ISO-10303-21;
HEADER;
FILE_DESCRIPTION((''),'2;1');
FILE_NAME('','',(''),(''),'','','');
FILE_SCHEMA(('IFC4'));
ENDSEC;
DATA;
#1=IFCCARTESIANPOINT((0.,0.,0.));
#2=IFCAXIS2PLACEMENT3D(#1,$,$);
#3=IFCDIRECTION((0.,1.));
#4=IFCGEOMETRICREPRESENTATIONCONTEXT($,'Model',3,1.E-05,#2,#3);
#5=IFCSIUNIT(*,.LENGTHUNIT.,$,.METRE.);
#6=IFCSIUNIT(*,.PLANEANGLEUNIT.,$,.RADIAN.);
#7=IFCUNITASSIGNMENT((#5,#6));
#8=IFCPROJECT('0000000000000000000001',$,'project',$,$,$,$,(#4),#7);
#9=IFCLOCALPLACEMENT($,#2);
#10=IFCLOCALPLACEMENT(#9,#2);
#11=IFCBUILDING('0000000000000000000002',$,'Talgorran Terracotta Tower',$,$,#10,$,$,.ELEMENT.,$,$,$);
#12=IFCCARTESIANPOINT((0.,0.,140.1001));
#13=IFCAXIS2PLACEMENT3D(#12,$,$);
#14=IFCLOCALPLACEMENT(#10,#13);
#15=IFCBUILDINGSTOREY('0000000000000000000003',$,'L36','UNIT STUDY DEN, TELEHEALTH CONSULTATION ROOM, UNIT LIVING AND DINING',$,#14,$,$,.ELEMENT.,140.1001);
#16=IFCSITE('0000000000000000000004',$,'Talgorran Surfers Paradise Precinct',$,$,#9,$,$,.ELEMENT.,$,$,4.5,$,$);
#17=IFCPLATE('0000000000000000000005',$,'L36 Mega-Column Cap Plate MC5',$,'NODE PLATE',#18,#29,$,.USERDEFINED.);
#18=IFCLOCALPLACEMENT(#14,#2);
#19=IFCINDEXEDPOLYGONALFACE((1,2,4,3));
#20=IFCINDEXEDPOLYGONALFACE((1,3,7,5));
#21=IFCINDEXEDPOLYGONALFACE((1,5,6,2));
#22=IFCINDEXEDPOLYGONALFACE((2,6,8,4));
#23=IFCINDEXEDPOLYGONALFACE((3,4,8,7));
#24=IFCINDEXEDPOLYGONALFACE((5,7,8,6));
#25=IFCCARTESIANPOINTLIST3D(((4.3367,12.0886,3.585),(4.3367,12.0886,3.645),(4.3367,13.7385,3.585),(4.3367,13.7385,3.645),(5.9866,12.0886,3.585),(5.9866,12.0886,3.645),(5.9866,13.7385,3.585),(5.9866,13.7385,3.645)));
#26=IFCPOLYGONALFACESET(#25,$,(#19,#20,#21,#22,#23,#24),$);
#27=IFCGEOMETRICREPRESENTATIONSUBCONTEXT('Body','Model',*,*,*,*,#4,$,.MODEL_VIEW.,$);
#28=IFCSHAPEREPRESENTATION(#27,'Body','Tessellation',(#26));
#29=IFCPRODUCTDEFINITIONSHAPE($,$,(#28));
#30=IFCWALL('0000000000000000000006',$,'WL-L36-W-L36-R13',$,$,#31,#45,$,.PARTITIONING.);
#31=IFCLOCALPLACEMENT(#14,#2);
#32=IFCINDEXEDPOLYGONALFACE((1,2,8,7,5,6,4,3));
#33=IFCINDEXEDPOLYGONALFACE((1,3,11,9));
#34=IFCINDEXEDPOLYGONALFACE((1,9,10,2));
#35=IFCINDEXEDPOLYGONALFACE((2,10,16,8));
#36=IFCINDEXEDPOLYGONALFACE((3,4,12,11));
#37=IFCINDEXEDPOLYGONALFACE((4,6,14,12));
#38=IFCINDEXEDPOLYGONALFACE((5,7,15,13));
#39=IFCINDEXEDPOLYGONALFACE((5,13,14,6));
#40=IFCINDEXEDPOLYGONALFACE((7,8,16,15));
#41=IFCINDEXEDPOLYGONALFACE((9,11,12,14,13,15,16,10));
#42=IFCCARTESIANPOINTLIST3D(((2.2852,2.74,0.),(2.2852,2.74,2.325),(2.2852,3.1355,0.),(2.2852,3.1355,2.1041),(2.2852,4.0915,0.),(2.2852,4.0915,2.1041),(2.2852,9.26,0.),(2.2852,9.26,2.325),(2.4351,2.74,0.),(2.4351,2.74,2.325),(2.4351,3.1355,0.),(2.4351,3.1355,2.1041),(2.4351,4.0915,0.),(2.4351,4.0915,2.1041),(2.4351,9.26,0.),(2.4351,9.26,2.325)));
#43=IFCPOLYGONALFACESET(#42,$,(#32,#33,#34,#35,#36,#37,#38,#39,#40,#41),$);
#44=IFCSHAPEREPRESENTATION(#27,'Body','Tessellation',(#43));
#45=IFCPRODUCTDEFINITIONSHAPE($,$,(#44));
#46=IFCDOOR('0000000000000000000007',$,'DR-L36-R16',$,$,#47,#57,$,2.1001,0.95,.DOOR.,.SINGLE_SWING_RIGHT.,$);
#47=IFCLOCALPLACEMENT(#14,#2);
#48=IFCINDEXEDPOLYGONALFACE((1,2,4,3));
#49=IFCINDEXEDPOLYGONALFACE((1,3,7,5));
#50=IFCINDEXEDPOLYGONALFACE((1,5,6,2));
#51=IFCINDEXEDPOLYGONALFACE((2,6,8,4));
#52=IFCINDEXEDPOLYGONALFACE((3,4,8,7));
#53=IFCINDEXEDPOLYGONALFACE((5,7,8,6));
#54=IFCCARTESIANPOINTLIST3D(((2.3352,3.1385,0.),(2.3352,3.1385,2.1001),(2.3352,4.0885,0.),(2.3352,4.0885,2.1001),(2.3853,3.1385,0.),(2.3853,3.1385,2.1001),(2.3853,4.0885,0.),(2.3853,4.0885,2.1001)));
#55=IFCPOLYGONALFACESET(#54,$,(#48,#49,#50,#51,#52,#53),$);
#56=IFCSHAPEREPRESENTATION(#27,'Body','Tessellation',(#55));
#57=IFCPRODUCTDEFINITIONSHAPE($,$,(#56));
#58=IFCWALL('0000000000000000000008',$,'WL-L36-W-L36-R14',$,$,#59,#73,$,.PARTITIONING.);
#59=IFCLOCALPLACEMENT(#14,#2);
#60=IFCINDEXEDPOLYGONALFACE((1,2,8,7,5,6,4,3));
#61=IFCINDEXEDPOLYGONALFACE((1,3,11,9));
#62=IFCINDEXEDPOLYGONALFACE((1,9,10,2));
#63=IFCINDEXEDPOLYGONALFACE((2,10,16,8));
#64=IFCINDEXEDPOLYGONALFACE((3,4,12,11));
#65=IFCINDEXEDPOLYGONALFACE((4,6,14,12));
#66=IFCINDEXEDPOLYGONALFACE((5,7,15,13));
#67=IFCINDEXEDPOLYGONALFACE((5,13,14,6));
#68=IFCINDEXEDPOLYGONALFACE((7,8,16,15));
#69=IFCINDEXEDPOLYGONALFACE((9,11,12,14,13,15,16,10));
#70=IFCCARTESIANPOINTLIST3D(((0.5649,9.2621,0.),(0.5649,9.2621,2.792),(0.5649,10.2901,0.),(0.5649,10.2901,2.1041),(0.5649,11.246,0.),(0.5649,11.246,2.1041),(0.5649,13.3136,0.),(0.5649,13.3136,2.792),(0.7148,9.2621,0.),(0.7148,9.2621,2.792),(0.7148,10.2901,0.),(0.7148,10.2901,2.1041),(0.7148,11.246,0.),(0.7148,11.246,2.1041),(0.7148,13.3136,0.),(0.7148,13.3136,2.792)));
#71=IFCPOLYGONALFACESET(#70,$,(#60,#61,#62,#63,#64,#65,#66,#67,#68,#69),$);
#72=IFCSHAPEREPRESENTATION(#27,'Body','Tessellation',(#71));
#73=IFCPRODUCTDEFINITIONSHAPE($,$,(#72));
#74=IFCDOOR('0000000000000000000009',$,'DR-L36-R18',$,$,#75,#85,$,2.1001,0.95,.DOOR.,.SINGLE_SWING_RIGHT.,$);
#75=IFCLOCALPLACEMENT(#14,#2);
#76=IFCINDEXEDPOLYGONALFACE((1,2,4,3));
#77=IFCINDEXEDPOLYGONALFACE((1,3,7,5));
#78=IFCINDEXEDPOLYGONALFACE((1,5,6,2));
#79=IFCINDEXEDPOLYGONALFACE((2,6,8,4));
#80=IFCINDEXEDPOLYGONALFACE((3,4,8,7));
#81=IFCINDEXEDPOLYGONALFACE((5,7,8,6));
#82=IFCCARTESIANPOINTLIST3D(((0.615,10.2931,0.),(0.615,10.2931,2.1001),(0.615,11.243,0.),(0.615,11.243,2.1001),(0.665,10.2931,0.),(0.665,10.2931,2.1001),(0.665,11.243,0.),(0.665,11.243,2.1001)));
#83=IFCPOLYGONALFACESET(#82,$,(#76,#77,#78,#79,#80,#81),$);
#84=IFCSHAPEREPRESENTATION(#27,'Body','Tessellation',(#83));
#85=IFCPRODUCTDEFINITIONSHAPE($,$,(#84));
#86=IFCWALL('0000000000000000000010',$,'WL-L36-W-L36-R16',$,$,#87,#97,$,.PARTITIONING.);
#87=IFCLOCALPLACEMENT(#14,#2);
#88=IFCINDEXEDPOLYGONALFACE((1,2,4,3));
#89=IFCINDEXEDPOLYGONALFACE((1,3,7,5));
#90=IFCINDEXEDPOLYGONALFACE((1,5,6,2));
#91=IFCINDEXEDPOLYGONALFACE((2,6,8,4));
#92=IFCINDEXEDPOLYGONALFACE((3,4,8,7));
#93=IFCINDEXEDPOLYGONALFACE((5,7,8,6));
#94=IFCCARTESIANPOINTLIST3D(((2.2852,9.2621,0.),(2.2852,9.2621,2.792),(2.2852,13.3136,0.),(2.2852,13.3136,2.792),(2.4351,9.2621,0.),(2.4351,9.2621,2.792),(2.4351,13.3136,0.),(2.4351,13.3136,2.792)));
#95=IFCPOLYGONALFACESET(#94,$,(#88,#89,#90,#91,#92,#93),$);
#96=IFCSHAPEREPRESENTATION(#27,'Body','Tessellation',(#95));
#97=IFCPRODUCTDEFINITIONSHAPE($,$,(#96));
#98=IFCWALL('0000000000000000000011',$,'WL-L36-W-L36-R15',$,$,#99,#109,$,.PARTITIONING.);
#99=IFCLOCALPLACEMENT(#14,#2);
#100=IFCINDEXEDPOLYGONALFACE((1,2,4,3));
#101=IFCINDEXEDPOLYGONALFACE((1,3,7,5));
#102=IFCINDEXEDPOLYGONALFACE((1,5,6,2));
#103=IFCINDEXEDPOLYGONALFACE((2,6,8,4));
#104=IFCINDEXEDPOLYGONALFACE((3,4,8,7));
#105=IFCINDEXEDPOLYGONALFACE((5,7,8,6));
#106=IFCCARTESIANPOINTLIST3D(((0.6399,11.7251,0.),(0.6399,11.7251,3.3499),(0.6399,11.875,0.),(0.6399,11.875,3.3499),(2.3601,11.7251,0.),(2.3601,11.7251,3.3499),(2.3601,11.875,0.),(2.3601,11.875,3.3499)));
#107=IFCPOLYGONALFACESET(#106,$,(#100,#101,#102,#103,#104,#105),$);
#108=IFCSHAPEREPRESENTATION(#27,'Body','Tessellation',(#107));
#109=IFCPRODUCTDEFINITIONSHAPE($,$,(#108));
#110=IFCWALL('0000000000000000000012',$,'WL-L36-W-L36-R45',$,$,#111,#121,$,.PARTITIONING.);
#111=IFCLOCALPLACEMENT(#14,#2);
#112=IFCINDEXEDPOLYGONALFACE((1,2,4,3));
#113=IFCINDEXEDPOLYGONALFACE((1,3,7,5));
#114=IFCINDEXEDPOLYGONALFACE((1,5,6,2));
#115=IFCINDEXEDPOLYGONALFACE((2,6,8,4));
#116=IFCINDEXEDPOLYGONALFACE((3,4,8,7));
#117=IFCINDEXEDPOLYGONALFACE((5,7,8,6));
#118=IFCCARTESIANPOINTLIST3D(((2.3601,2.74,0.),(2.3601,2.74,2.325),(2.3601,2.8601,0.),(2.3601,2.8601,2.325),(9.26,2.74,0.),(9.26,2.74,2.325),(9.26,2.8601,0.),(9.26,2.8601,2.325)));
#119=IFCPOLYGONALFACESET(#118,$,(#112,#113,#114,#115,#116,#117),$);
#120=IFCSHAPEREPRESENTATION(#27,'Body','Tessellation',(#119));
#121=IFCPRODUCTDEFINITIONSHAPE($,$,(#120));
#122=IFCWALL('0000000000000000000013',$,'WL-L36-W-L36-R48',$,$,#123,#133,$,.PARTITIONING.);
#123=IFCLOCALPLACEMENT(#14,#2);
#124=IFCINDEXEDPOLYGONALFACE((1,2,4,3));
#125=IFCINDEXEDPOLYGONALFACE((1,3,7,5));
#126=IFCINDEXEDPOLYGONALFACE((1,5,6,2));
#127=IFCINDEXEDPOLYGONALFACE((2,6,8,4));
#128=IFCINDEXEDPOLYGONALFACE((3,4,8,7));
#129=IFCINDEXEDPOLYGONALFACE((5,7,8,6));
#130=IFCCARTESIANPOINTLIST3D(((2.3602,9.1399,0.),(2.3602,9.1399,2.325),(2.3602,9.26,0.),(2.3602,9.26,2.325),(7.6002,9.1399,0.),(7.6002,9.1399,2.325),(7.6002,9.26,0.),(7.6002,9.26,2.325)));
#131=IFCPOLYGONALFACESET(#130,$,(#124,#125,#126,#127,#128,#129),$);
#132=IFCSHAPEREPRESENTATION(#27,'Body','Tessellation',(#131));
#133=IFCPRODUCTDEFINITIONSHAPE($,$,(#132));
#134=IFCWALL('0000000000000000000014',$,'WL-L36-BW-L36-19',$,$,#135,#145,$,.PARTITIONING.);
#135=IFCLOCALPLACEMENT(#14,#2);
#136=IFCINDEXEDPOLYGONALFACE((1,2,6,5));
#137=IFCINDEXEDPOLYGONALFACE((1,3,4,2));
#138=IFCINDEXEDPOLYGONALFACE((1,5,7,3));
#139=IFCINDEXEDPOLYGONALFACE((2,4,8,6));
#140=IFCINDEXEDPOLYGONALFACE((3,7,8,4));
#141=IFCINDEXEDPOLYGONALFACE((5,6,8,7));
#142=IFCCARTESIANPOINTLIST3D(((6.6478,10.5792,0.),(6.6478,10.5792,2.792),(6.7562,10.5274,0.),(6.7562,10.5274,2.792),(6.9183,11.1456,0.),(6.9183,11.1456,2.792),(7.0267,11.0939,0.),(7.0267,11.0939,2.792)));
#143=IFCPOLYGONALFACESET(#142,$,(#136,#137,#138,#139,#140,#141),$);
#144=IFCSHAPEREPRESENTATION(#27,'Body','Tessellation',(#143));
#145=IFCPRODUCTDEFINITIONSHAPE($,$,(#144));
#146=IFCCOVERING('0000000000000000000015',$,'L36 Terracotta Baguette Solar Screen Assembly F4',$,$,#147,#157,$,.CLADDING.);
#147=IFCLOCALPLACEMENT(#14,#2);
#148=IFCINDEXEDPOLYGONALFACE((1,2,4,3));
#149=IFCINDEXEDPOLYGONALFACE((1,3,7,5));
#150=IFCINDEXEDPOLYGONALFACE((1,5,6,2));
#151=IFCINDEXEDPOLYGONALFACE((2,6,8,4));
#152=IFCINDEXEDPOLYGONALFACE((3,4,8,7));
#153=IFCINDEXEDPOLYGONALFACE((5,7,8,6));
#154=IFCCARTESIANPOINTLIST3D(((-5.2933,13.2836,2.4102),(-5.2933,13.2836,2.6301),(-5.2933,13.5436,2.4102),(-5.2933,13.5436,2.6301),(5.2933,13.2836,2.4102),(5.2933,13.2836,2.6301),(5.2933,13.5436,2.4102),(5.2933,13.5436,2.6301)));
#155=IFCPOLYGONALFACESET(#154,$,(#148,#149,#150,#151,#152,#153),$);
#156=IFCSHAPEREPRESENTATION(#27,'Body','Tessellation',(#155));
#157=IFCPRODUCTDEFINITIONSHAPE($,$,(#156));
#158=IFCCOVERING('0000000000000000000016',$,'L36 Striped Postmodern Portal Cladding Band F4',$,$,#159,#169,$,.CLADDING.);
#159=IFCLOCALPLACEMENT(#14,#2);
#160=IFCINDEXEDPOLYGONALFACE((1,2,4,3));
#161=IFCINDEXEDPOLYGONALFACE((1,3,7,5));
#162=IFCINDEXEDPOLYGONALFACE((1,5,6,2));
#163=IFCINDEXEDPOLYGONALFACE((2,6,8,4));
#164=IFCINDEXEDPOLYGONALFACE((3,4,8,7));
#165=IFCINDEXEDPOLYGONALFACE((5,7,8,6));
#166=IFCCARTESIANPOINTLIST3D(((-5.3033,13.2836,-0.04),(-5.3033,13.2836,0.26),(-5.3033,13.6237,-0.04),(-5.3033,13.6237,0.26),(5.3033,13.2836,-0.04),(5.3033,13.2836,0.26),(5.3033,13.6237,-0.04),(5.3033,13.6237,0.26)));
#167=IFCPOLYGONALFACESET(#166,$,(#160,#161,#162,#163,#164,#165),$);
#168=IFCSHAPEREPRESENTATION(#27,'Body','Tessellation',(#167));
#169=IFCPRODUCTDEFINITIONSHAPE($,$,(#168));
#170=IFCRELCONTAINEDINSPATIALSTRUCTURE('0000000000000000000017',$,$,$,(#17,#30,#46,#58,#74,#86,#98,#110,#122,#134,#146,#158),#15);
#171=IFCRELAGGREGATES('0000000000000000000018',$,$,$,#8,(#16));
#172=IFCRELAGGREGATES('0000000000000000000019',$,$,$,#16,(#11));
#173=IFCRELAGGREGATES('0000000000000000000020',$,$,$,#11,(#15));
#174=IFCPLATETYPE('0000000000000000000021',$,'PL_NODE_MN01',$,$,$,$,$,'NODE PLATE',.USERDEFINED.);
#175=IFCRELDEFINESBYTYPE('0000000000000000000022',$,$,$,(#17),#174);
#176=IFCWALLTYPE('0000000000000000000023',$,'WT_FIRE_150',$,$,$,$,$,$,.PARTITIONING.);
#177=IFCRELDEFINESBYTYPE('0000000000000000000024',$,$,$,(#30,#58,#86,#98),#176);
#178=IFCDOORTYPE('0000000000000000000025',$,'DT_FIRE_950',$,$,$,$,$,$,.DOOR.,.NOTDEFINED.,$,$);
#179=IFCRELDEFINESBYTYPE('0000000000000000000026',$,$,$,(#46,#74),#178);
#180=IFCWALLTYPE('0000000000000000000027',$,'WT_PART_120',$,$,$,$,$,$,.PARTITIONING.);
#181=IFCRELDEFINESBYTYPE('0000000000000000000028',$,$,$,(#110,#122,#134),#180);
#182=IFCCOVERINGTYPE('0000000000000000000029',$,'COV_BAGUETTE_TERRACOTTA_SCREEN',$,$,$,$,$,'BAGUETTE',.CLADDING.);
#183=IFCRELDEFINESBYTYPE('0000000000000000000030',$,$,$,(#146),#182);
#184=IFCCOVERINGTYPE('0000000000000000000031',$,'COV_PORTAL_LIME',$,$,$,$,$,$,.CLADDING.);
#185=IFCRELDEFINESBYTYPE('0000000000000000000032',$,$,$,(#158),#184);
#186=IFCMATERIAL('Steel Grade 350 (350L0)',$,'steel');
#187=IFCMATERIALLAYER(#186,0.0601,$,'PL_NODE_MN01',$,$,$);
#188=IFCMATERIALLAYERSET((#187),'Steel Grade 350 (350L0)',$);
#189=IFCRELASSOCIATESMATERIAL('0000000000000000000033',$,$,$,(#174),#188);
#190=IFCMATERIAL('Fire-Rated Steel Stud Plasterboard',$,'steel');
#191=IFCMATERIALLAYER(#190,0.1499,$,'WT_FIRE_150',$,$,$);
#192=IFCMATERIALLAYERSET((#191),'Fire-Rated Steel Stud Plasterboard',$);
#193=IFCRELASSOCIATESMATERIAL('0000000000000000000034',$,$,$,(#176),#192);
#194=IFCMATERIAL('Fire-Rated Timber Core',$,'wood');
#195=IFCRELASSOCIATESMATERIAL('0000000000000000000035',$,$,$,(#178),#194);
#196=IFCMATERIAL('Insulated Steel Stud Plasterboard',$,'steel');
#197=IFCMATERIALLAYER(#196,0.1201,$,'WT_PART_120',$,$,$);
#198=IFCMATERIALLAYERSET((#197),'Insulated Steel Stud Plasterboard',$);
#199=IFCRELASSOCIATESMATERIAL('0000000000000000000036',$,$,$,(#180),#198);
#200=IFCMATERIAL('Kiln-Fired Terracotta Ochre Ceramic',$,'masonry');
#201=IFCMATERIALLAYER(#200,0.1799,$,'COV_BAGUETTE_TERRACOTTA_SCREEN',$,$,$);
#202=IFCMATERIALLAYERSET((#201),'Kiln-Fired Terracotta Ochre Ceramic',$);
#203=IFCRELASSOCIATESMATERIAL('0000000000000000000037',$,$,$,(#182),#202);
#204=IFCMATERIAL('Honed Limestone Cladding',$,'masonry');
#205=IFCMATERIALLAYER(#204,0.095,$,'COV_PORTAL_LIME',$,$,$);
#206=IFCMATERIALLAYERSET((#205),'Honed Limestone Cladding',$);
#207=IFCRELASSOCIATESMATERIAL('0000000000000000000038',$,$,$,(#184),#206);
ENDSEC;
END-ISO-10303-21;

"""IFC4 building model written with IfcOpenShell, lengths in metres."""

from ifc_helpers import new_model, si_unit, direction, frame, frame_2d, origin, origin_2d, place, context, subcontext, project, spatial, rectangle, extrude, material, layer, layer_set, type_object, element, fill, save


model = new_model("IFC4")

# Units and contexts
model_context = context("Model", 3, precision=1e-05, world=origin(), true_north=direction((0.0, 1.0)))
body_context = subcontext(model_context, "Body", "Model", "MODEL_VIEW")
ifc_project = project(units=[si_unit("LENGTHUNIT", "METRE"), si_unit("PLANEANGLEUNIT", "RADIAN")], contexts=[model_context])

# Site, building, storey
site_placement = place(None, origin())
site = spatial("IfcSite", under=ifc_project, at=site_placement, Name="Talgorran Surfers Paradise Precinct", CompositionType="ELEMENT", RefElevation=4.5)
building_placement = place(site_placement, origin())
building = spatial("IfcBuilding", under=site, at=building_placement, Name="Talgorran Terracotta Tower", CompositionType="ELEMENT")
storey_placement = place(building_placement, frame((0.0, 0.0, 140.1001)))
storey = spatial("IfcBuildingStorey", under=building, at=storey_placement, Name="L36", Description="UNIT STUDY DEN, TELEHEALTH CONSULTATION ROOM, UNIT LIVING AND DINING", CompositionType="ELEMENT", Elevation=140.1001)

# Shared definitions
ifc_material_1 = material(Name="Steel Grade 350 (350L0)", Category="steel")

# Plate
ifc_layer_1 = layer(ifc_material_1, 0.0601, Name="PL_NODE_MN01")
ifc_layer_set_1 = layer_set([ifc_layer_1], Name="Steel Grade 350 (350L0)")
plate_type = type_object("IfcPlateType", Name="PL_NODE_MN01", ElementType="NODE PLATE", PredefinedType="USERDEFINED", material=ifc_layer_set_1)
plate_placement = place(storey_placement, frame((5.1616, 12.9136, 3.585), z_axis=(0.0, 0.0, 1.0), x_axis=(1.0, 0.0, 0.0)))
element("IfcPlate", 1, at=plate_placement, inside=storey, type_object=plate_type, Name="L36 Mega-Column Cap Plate MC5", ObjectType="NODE PLATE", PredefinedType="USERDEFINED", context=body_context, shape_type="SweptSolid", body=[
    extrude(rectangle(XDim=1.6499, YDim=1.6499, at=origin_2d()), origin(), (0.0, 0.0, 1.0), 0.0601),
])

# Walls, openings, doors
ifc_material_2 = material(Name="Fire-Rated Steel Stud Plasterboard", Category="steel")
ifc_layer_2 = layer(ifc_material_2, 0.1499, Name="WT_FIRE_150")
ifc_layer_set_2 = layer_set([ifc_layer_2], Name="Fire-Rated Steel Stud Plasterboard")
wall_type_1 = type_object("IfcWallType", Name="WT_FIRE_150", PredefinedType="PARTITIONING", material=ifc_layer_set_2)
wall_1_placement = place(storey_placement, frame((2.3601, 2.74, 0.0), z_axis=(0.0, 0.0, 1.0), x_axis=(0.0, 1.0, 0.0)))
wall_1 = element("IfcWall", 2, at=wall_1_placement, inside=storey, type_object=wall_type_1, Name="WL-L36-W-L36-R13", PredefinedType="PARTITIONING", context=body_context, shape_type="SweptSolid", body=[
    extrude(rectangle(XDim=6.52, YDim=0.1499, at=frame_2d((3.26, 0.0))), origin(), (0.0, 0.0, 1.0), 2.325),
])
opening_1_placement = place(wall_1_placement, frame((0.3984, 0.0, 0.0)))
opening_1 = element("IfcOpeningElement", 3, at=opening_1_placement, cuts=wall_1, PredefinedType="OPENING", context=body_context, shape_type="SweptSolid", body=[
    extrude(rectangle(XDim=0.956, YDim=2.1041, at=frame_2d((0.4751, 1.052))), frame((0.0, 0.085, 0.0), z_axis=(0.0, -1.0, 0.0), x_axis=(1.0, 0.0, 0.0)), (0.0, 0.0, 1.0), 0.1699),
])
ifc_material_3 = material(Name="Fire-Rated Timber Core", Category="wood")
door_type = type_object("IfcDoorType", Name="DT_FIRE_950", OperationType="NOTDEFINED", PredefinedType="DOOR", material=ifc_material_3)
door_1_placement = place(opening_1_placement, origin())
door_1 = element("IfcDoor", 4, at=door_1_placement, inside=storey, type_object=door_type, Name="DR-L36-R16", OperationType="SINGLE_SWING_RIGHT", OverallHeight=2.1001, OverallWidth=0.95, PredefinedType="DOOR", context=body_context, shape_type="SweptSolid", body=[
    extrude(rectangle(XDim=0.95, YDim=2.1001, at=frame_2d((0.4751, 1.05))), frame((0.0, 0.0249, 0.0), z_axis=(0.0, -1.0, 0.0), x_axis=(1.0, 0.0, 0.0)), (0.0, 0.0, 1.0), 0.05),
])
fill(opening_1, door_1)
wall_2_placement = place(storey_placement, frame((0.6399, 9.262, 0.0), z_axis=(0.0, 0.0, 1.0), x_axis=(0.0, 1.0, 0.0)))
wall_2 = element("IfcWall", 5, at=wall_2_placement, inside=storey, type_object=wall_type_1, Name="WL-L36-W-L36-R14", PredefinedType="PARTITIONING", context=body_context, shape_type="SweptSolid", body=[
    extrude(rectangle(XDim=4.0515, YDim=0.1499, at=frame_2d((2.0259, 0.0))), origin(), (0.0, 0.0, 1.0), 2.792),
])
opening_2_placement = place(wall_2_placement, frame((1.031, 0.0, 0.0)))
opening_2 = element("IfcOpeningElement", 6, at=opening_2_placement, cuts=wall_2, PredefinedType="OPENING", context=body_context, shape_type="SweptSolid", body=[
    extrude(rectangle(XDim=0.956, YDim=2.1041, at=frame_2d((0.4751, 1.052))), frame((0.0, 0.085, 0.0), z_axis=(0.0, -1.0, 0.0), x_axis=(1.0, 0.0, 0.0)), (0.0, 0.0, 1.0), 0.1699),
])
door_2_placement = place(opening_2_placement, origin())
door_2 = element("IfcDoor", 7, at=door_2_placement, inside=storey, type_object=door_type, Name="DR-L36-R18", OperationType="SINGLE_SWING_RIGHT", OverallHeight=2.1001, OverallWidth=0.95, PredefinedType="DOOR", context=body_context, shape_type="SweptSolid", body=[
    extrude(rectangle(XDim=0.95, YDim=2.1001, at=frame_2d((0.4751, 1.05))), frame((0.0, 0.0249, 0.0), z_axis=(0.0, -1.0, 0.0), x_axis=(1.0, 0.0, 0.0)), (0.0, 0.0, 1.0), 0.05),
])
fill(opening_2, door_2)

# Walls
wall_3_placement = place(storey_placement, frame((2.3601, 9.262, 0.0), z_axis=(0.0, 0.0, 1.0), x_axis=(0.0, 1.0, 0.0)))
element("IfcWall", 8, at=wall_3_placement, inside=storey, type_object=wall_type_1, Name="WL-L36-W-L36-R16", PredefinedType="PARTITIONING", context=body_context, shape_type="SweptSolid", body=[
    extrude(rectangle(XDim=4.0515, YDim=0.1499, at=frame_2d((2.0259, 0.0))), origin(), (0.0, 0.0, 1.0), 2.792),
])
wall_4_placement = place(storey_placement, frame((0.6399, 11.8, 0.0), z_axis=(0.0, 0.0, 1.0), x_axis=(1.0, 0.0, 0.0)))
element("IfcWall", 9, at=wall_4_placement, inside=storey, type_object=wall_type_1, Name="WL-L36-W-L36-R15", PredefinedType="PARTITIONING", context=body_context, shape_type="SweptSolid", body=[
    extrude(rectangle(XDim=1.7202, YDim=0.1499, at=frame_2d((0.8601, 0.0))), origin(), (0.0, 0.0, 1.0), 3.3499),
])
ifc_material_4 = material(Name="Insulated Steel Stud Plasterboard", Category="steel")
ifc_layer_3 = layer(ifc_material_4, 0.1201, Name="WT_PART_120")
ifc_layer_set_3 = layer_set([ifc_layer_3], Name="Insulated Steel Stud Plasterboard")
wall_type_2 = type_object("IfcWallType", Name="WT_PART_120", PredefinedType="PARTITIONING", material=ifc_layer_set_3)
wall_5_placement = place(storey_placement, frame((2.3601, 2.8, 0.0), z_axis=(0.0, 0.0, 1.0), x_axis=(1.0, 0.0, 0.0)))
element("IfcWall", 10, at=wall_5_placement, inside=storey, type_object=wall_type_2, Name="WL-L36-W-L36-R45", PredefinedType="PARTITIONING", context=body_context, shape_type="SweptSolid", body=[
    extrude(rectangle(XDim=6.8999, YDim=0.1201, at=frame_2d((3.45, 0.0))), origin(), (0.0, 0.0, 1.0), 2.325),
])
wall_6_placement = place(storey_placement, frame((2.3601, 9.2, 0.0), z_axis=(0.0, 0.0, 1.0), x_axis=(1.0, 0.0, 0.0)))
element("IfcWall", 11, at=wall_6_placement, inside=storey, type_object=wall_type_2, Name="WL-L36-W-L36-R48", PredefinedType="PARTITIONING", context=body_context, shape_type="SweptSolid", body=[
    extrude(rectangle(XDim=5.24, YDim=0.1201, at=frame_2d((2.6201, 0.0))), origin(), (0.0, 0.0, 1.0), 2.325),
])
wall_7_placement = place(storey_placement, frame((6.7019, 10.5532, 0.0), z_axis=(0.0, 0.0, 1.0), x_axis=(0.43096, 0.902371, 0.0)))
element("IfcWall", 12, at=wall_7_placement, inside=storey, type_object=wall_type_2, Name="WL-L36-BW-L36-19", PredefinedType="PARTITIONING", context=body_context, shape_type="SweptSolid", body=[
    extrude(rectangle(XDim=0.6277, YDim=0.1201, at=frame_2d((0.314, 0.0))), origin(), (0.0, 0.0, 1.0), 2.792),
])

# Coverings
ifc_material_5 = material(Name="Kiln-Fired Terracotta Ochre Ceramic", Category="masonry")
ifc_layer_4 = layer(ifc_material_5, 0.1799, Name="COV_BAGUETTE_TERRACOTTA_SCREEN")
ifc_layer_set_4 = layer_set([ifc_layer_4], Name="Kiln-Fired Terracotta Ochre Ceramic")
covering_type_1 = type_object("IfcCoveringType", Name="COV_BAGUETTE_TERRACOTTA_SCREEN", ElementType="BAGUETTE", PredefinedType="CLADDING", material=ifc_layer_set_4)
covering_1_placement = place(storey_placement, frame((0.0, 13.4136, 2.4102), z_axis=(0.0, 0.0, 1.0), x_axis=(-1.0, 0.0, 0.0)))
element("IfcCovering", 13, at=covering_1_placement, inside=storey, type_object=covering_type_1, Name="L36 Terracotta Baguette Solar Screen Assembly F4", PredefinedType="CLADDING", context=body_context, shape_type="SweptSolid", body=[
    extrude(rectangle(XDim=10.5867, YDim=0.26, at=origin_2d()), origin(), (0.0, 0.0, 1.0), 0.22),
])
ifc_material_6 = material(Name="Honed Limestone Cladding", Category="masonry")
ifc_layer_5 = layer(ifc_material_6, 0.095, Name="COV_PORTAL_LIME")
ifc_layer_set_5 = layer_set([ifc_layer_5], Name="Honed Limestone Cladding")
covering_type_2 = type_object("IfcCoveringType", Name="COV_PORTAL_LIME", PredefinedType="CLADDING", material=ifc_layer_set_5)
covering_2_placement = place(storey_placement, frame((0.0, 13.4536, -0.04), z_axis=(0.0, 0.0, 1.0), x_axis=(-1.0, 0.0, 0.0)))
element("IfcCovering", 14, at=covering_2_placement, inside=storey, type_object=covering_type_2, Name="L36 Striped Postmodern Portal Cladding Band F4", PredefinedType="CLADDING", context=body_context, shape_type="SweptSolid", body=[
    extrude(rectangle(XDim=10.6067, YDim=0.3401, at=origin_2d()), origin(), (0.0, 0.0, 1.0), 0.3),
])

save(model, "model.ifc")
